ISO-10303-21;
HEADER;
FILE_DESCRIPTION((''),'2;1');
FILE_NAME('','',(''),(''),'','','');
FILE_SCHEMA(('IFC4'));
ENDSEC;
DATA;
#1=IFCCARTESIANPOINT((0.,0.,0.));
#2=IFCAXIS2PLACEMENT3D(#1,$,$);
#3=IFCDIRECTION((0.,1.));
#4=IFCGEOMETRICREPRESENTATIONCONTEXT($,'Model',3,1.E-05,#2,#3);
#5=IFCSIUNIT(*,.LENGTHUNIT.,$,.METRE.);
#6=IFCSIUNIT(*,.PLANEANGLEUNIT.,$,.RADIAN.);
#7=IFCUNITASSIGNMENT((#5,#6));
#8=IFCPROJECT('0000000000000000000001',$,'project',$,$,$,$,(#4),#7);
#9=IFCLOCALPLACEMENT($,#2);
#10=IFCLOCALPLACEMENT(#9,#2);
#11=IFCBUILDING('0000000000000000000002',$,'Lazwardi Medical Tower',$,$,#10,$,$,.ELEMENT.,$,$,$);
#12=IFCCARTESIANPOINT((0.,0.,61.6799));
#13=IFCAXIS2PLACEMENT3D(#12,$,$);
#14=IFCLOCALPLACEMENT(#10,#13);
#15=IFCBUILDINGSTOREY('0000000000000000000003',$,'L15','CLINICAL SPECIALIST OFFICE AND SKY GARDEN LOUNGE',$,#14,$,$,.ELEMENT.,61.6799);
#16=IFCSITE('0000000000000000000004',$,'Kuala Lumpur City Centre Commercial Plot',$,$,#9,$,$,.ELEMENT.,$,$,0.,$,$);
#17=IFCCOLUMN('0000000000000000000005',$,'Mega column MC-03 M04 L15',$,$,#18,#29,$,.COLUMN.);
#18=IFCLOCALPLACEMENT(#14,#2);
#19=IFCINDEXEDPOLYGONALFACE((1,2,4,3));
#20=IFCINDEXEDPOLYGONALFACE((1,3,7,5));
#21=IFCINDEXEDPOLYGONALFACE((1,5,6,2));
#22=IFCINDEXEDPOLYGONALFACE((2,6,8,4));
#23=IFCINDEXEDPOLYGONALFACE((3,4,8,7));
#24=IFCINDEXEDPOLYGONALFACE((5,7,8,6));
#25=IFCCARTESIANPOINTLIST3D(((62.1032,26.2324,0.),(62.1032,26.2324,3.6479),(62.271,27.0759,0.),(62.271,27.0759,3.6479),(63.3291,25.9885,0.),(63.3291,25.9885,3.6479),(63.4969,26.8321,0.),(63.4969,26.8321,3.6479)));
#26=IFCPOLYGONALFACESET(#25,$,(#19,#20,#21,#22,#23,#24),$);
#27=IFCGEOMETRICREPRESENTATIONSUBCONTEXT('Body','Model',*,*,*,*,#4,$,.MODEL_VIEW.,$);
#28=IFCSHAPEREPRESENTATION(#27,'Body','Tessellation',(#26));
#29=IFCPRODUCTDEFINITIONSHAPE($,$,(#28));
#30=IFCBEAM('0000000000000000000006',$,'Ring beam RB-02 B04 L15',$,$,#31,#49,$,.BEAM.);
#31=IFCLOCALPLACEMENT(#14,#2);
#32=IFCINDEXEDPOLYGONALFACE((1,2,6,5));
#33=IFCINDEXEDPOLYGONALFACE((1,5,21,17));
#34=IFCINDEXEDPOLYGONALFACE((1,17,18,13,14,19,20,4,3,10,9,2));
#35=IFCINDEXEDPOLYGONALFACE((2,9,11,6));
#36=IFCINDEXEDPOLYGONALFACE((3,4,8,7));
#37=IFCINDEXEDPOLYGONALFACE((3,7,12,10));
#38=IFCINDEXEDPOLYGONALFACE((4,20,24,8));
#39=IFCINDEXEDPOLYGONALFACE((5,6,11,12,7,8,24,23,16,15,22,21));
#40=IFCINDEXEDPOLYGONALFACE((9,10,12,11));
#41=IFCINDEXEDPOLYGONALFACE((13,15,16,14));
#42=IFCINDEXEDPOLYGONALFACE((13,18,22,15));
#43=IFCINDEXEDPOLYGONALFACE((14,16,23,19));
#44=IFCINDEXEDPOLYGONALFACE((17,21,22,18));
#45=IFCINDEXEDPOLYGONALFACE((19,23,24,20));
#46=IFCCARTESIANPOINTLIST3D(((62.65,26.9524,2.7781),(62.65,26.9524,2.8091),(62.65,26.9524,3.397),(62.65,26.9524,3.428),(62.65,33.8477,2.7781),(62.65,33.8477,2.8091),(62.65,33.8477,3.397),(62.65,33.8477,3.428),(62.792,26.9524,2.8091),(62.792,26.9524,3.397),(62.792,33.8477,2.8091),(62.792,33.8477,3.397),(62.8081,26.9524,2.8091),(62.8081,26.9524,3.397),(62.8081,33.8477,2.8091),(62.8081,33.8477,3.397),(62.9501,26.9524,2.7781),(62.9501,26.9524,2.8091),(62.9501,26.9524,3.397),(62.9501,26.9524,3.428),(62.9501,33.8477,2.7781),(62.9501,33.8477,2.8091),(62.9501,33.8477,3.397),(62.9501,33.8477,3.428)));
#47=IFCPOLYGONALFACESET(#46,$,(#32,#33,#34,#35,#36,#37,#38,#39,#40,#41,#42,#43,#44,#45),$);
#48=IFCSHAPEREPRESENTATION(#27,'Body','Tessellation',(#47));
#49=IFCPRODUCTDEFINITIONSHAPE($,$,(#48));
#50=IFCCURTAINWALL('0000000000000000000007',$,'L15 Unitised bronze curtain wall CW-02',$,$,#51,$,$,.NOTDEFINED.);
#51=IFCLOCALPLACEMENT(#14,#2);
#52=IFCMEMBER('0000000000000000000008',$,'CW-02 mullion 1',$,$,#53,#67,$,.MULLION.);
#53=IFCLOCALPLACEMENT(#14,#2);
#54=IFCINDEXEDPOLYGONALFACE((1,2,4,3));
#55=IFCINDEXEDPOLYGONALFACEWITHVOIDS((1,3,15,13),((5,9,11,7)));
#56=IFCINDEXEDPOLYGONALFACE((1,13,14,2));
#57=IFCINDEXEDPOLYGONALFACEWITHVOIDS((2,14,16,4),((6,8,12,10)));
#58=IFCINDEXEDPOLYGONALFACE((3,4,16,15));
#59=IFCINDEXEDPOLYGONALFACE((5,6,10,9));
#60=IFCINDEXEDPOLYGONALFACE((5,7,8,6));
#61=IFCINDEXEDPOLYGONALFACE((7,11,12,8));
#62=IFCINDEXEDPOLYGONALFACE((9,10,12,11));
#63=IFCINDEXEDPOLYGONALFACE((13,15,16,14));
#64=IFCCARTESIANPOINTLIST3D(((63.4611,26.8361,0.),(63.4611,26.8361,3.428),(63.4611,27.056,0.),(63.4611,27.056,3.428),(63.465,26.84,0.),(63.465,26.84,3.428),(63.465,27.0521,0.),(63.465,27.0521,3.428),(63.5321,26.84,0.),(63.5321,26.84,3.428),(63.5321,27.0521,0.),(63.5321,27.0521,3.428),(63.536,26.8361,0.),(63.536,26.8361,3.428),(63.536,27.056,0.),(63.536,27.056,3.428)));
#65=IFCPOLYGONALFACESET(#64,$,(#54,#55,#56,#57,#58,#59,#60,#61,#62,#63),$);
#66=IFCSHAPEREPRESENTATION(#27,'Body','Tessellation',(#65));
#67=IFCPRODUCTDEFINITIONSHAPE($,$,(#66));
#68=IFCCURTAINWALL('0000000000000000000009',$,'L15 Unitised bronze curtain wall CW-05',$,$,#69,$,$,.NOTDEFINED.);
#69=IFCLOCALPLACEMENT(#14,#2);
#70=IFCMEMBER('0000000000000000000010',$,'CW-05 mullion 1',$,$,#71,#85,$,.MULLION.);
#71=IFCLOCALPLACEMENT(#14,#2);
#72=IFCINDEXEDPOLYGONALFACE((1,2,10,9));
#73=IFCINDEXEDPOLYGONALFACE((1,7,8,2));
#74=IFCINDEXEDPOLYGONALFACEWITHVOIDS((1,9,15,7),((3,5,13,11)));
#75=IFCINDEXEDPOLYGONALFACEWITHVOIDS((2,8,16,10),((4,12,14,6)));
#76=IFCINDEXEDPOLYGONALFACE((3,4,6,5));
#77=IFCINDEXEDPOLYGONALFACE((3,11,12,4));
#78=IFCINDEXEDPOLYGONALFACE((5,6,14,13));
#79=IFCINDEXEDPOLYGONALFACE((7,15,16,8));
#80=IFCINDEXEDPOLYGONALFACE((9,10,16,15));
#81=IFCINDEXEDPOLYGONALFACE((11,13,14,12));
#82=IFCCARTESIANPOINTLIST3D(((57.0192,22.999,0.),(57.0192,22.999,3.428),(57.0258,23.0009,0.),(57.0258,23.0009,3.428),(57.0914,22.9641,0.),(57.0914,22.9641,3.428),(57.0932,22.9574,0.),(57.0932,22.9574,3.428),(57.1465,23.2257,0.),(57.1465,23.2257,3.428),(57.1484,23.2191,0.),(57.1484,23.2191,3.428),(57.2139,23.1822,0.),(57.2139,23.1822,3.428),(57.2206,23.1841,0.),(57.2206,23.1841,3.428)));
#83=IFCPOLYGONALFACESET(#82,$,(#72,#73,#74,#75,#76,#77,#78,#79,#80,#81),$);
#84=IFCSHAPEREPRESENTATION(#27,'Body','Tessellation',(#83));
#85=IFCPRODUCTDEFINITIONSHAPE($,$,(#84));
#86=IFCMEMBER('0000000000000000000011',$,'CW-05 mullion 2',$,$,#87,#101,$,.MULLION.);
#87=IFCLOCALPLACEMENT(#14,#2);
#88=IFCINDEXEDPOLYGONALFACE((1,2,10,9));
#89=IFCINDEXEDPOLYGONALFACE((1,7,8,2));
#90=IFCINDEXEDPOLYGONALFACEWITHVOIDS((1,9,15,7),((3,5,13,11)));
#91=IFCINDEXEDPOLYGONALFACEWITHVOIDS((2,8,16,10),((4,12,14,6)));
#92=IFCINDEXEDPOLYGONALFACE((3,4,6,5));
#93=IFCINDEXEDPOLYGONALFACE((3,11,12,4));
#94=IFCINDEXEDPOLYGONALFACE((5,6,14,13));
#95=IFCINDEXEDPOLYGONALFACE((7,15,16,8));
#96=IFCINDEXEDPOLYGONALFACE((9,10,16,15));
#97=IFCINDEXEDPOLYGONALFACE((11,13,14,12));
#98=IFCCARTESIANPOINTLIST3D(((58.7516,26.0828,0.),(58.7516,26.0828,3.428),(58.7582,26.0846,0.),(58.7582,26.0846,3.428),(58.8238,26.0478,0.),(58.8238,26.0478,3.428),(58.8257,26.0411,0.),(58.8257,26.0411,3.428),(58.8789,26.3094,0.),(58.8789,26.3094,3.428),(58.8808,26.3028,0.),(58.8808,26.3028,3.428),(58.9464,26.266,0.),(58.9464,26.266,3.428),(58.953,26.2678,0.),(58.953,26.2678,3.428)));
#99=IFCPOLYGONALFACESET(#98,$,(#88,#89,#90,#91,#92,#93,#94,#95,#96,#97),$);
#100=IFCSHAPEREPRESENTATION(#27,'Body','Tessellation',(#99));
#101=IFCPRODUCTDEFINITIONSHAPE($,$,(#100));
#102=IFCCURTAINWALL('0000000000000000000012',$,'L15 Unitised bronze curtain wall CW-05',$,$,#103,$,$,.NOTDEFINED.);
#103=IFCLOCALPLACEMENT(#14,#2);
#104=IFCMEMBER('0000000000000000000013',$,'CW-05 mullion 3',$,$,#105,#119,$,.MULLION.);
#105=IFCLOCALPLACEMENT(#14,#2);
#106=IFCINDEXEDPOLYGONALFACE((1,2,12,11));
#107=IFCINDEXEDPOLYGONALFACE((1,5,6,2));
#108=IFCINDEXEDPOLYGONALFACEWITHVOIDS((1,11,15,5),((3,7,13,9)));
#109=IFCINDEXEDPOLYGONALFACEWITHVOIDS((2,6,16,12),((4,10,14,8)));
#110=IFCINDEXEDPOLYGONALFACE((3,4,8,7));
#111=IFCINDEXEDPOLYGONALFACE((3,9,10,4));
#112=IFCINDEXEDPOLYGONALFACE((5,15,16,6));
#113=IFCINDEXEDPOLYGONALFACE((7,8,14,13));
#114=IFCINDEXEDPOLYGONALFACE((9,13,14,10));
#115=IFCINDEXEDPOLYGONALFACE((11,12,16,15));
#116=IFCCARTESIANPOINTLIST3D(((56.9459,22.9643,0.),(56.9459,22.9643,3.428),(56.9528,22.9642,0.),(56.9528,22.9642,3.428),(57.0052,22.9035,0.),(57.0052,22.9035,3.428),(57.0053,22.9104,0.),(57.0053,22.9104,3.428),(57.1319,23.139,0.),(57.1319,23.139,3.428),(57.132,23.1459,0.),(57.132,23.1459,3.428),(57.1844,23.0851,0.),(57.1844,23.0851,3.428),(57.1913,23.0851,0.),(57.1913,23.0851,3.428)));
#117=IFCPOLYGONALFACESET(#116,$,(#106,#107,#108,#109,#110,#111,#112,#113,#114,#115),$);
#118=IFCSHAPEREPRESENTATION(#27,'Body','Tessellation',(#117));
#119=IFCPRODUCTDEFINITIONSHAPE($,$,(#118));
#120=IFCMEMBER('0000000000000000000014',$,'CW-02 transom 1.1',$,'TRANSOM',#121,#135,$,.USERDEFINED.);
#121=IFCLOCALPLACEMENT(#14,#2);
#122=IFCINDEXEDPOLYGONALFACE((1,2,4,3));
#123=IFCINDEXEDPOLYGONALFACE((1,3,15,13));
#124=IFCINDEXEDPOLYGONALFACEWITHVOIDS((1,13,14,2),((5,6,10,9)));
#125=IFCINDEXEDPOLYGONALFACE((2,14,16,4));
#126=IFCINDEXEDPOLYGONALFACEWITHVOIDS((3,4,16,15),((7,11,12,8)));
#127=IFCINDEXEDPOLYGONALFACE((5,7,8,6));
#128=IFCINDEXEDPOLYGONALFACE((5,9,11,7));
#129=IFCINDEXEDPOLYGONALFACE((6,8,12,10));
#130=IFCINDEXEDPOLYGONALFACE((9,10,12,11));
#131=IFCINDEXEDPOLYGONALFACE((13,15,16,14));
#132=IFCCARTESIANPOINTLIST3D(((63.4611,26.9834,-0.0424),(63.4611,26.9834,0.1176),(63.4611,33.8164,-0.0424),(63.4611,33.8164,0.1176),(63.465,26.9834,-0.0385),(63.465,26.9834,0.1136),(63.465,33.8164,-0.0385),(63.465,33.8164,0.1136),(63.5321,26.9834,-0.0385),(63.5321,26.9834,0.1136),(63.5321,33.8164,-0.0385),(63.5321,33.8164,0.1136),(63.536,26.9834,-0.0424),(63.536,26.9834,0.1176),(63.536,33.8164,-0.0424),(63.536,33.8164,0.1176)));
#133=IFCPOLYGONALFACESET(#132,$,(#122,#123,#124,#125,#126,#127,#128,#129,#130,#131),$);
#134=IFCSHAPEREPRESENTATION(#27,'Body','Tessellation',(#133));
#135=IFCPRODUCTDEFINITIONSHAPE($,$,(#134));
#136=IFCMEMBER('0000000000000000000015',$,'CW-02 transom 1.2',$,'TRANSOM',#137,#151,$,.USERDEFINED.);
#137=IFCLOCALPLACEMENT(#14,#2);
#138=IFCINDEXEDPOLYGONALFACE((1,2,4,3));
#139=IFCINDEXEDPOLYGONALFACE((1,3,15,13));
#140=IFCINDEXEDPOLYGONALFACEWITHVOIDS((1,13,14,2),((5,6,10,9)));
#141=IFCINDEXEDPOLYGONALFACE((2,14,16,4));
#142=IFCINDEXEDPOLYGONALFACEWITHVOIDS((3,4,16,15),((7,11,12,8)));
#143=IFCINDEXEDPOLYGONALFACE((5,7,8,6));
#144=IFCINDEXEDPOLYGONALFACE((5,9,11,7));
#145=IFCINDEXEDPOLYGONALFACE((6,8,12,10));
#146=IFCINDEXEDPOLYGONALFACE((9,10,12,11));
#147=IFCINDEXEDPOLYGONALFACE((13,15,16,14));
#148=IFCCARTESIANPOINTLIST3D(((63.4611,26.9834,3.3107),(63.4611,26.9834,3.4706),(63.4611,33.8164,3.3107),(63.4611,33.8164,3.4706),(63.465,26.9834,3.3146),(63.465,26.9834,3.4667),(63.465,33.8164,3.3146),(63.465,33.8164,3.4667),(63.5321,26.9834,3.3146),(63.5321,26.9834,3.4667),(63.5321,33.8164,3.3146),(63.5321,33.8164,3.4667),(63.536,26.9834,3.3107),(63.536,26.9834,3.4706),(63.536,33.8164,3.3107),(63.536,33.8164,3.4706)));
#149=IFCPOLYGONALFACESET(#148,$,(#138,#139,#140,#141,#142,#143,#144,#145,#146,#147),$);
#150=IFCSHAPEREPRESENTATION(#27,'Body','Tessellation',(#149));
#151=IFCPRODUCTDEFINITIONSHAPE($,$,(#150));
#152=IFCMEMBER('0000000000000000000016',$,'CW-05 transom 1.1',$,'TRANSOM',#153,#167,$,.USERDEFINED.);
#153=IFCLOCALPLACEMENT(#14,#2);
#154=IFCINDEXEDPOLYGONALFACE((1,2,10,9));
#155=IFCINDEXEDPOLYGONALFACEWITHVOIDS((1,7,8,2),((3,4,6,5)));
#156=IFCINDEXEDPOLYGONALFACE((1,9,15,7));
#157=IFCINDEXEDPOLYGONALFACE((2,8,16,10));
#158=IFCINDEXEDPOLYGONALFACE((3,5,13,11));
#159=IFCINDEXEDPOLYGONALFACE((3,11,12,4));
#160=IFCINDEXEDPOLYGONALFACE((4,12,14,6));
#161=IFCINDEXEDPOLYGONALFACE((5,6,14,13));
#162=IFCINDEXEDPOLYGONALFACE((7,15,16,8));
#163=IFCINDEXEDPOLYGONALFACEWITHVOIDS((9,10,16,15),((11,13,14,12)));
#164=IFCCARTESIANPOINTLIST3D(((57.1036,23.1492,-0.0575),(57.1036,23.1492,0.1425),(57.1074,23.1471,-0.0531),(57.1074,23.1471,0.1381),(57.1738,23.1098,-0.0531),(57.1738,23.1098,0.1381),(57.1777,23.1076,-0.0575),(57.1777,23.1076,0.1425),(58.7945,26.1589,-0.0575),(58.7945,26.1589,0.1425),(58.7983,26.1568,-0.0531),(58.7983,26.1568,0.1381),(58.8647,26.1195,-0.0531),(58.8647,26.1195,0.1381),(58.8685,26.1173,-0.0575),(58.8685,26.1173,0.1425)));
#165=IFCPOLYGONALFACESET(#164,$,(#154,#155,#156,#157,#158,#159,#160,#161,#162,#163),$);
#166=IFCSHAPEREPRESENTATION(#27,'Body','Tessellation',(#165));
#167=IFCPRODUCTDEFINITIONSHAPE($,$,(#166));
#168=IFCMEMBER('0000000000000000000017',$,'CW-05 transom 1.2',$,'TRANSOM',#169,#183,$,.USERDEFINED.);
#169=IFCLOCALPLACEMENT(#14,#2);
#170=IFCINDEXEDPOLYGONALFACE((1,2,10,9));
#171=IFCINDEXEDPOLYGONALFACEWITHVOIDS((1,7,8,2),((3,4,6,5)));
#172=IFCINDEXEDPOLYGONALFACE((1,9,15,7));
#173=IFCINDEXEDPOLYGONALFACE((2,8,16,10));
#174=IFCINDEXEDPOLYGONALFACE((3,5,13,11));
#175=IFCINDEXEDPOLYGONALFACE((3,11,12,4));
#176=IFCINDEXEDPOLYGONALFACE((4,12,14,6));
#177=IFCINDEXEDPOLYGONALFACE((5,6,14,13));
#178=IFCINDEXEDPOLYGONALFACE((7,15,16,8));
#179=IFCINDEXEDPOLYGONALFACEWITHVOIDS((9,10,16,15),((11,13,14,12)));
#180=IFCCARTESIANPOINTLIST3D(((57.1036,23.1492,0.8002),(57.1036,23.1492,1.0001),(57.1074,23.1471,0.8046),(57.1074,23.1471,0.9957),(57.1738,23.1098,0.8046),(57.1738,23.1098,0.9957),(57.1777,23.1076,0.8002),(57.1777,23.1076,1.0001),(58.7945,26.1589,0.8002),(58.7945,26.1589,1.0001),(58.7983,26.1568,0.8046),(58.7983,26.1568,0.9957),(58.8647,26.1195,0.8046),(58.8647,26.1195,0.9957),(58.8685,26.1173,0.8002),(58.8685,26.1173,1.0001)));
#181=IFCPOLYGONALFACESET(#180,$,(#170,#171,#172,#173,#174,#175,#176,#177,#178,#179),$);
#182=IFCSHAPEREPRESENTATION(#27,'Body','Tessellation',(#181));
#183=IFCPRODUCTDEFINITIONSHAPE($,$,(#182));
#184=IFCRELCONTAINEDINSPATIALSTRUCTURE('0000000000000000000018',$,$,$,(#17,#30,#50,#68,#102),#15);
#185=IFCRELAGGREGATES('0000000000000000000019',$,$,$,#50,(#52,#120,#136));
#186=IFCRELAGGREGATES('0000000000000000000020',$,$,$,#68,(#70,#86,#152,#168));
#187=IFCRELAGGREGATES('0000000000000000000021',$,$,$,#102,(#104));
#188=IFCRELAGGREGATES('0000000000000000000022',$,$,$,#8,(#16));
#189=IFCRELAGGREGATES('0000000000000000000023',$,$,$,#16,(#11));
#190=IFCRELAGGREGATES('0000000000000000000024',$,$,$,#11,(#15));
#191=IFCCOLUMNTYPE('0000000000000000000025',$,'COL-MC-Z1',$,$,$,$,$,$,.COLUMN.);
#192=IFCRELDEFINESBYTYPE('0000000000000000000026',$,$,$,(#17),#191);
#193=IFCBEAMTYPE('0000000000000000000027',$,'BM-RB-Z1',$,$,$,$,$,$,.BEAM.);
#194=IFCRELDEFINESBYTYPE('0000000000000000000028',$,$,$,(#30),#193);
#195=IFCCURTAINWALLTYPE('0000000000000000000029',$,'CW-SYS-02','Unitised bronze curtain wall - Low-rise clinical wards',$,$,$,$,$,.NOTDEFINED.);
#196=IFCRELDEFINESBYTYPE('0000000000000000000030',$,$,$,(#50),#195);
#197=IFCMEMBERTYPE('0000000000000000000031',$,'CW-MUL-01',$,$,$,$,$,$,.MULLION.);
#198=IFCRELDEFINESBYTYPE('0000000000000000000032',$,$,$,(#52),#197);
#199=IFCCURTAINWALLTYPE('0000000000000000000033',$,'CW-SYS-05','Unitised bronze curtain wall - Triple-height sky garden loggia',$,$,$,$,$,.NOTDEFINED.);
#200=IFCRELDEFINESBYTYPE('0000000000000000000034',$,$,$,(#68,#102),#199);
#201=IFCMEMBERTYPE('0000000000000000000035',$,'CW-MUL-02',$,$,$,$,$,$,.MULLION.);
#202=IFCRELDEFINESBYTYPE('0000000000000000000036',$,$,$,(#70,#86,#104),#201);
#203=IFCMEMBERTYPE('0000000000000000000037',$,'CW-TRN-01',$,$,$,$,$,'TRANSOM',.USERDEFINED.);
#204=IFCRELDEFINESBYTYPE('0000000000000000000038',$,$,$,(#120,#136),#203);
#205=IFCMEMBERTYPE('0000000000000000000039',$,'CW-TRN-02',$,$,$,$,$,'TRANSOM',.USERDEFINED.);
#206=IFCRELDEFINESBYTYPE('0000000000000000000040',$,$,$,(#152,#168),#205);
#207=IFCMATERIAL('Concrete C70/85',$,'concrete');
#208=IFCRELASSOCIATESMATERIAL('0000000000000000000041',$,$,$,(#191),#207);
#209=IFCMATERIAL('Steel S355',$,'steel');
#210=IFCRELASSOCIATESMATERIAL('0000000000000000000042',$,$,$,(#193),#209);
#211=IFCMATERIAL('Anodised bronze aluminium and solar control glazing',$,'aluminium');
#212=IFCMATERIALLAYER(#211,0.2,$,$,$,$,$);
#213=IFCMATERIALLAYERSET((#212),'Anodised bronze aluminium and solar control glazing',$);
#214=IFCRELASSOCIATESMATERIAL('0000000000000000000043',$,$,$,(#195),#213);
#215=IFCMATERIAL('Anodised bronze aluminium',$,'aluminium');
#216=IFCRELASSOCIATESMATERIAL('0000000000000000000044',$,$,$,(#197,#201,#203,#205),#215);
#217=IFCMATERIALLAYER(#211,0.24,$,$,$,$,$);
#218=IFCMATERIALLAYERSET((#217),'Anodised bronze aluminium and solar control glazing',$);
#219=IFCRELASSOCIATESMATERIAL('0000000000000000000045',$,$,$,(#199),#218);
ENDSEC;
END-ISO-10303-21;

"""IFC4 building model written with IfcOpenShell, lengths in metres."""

from ifc_helpers import new_model, si_unit, direction, frame, origin, origin_2d, place, context, subcontext, project, spatial, rectangle, hollow_rectangle, i_section, extrude, material, layer, layer_set, material_profile, profile_set, type_object, element, aggregate, save


model = new_model("IFC4")

# Units and contexts
model_context = context("Model", 3, precision=1e-05, world=origin(), true_north=direction((0.0, 1.0)))
body_context = subcontext(model_context, "Body", "Model", "MODEL_VIEW")
ifc_project = project(units=[si_unit("LENGTHUNIT", "METRE"), si_unit("PLANEANGLEUNIT", "RADIAN")], contexts=[model_context])

# Site, building, storey
site_placement = place(None, origin())
site = spatial("IfcSite", under=ifc_project, at=site_placement, Name="Kuala Lumpur City Centre Commercial Plot", CompositionType="ELEMENT", RefElevation=0.0)
building_placement = place(site_placement, origin())
building = spatial("IfcBuilding", under=site, at=building_placement, Name="Lazwardi Medical Tower", CompositionType="ELEMENT")
storey_placement = place(building_placement, frame((0.0, 0.0, 61.6799)))
storey = spatial("IfcBuildingStorey", under=building, at=storey_placement, Name="L15", Description="CLINICAL SPECIALIST OFFICE AND SKY GARDEN LOUNGE", CompositionType="ELEMENT", Elevation=61.6799)

# Column
ifc_material_1 = material(Name="Concrete C70/85", Category="concrete")
ifc_material_profile_1 = material_profile(ifc_material_1, rectangle(XDim=1.25, YDim=0.8601, at=origin_2d()), Name="CFT-RECT 1250x860")
ifc_profile_set_1 = profile_set([ifc_material_profile_1], Name="Concrete C70/85")
column_type = type_object("IfcColumnType", Name="COL-MC-Z1", PredefinedType="COLUMN", material=ifc_profile_set_1)
column_placement = place(storey_placement, frame((62.8, 26.5322, 0.0), z_axis=(0.0, 0.0, 1.0), x_axis=(0.980785, -0.19509, 0.0)))
element("IfcColumn", 1, at=column_placement, inside=storey, type_object=column_type, Name="Mega column MC-03 M04 L15", PredefinedType="COLUMN", context=body_context, shape_type="SweptSolid", body=[
    extrude(rectangle(XDim=1.25, YDim=0.8601, at=origin_2d()), origin(), (0.0, 0.0, 1.0), 3.6479),
])

# Beam
ifc_material_2 = material(Name="Steel S355", Category="steel")
ifc_material_profile_2 = material_profile(ifc_material_2, i_section(OverallWidth=0.3, OverallDepth=0.6499, WebThickness=0.0161, FlangeThickness=0.031, at=origin_2d()), Name="HEB 650")
ifc_profile_set_2 = profile_set([ifc_material_profile_2], Name="Steel S355")
beam_type = type_object("IfcBeamType", Name="BM-RB-Z1", PredefinedType="BEAM", material=ifc_profile_set_2)
beam_placement = place(storey_placement, frame((62.8, 26.9524, 3.103), z_axis=(0.0, 1.0, 0.0), x_axis=(-1.0, 0.0, 0.0)))
element("IfcBeam", 2, at=beam_placement, inside=storey, type_object=beam_type, Name="Ring beam RB-02 B04 L15", PredefinedType="BEAM", context=body_context, shape_type="SweptSolid", body=[
    extrude(i_section(OverallWidth=0.3, OverallDepth=0.6499, WebThickness=0.0161, FlangeThickness=0.031, at=origin_2d()), origin(), (0.0, 0.0, 1.0), 6.8953),
])

# Curtain wall, member
ifc_material_3 = material(Name="Anodised bronze aluminium and solar control glazing", Category="aluminium")
ifc_layer_1 = layer(ifc_material_3, 0.2)
ifc_layer_set_1 = layer_set([ifc_layer_1], Name="Anodised bronze aluminium and solar control glazing")
curtain_wall_type_1 = type_object("IfcCurtainWallType", Name="CW-SYS-02", Description="Unitised bronze curtain wall - Low-rise clinical wards", PredefinedType="NOTDEFINED", material=ifc_layer_set_1)
curtain_wall_1_placement = place(storey_placement, origin())
curtain_wall_1 = element("IfcCurtainWall", 3, at=curtain_wall_1_placement, inside=storey, type_object=curtain_wall_type_1, Name="L15 Unitised bronze curtain wall CW-02", PredefinedType="NOTDEFINED")
ifc_material_4 = material(Name="Anodised bronze aluminium", Category="aluminium")
ifc_material_profile_3 = material_profile(ifc_material_4, hollow_rectangle(XDim=0.075, YDim=0.22, WallThickness=0.0039, at=origin_2d()), Name="ALU-MULLION 220x75x4")
ifc_profile_set_3 = profile_set([ifc_material_profile_3], Name="Anodised bronze aluminium")
member_type_1 = type_object("IfcMemberType", Name="CW-MUL-01", PredefinedType="MULLION", material=ifc_profile_set_3)
member_1_placement = place(storey_placement, frame((63.4985, 26.946, 0.0), z_axis=(0.0, 0.0, 1.0), x_axis=(-1.0, 0.0, 0.0)))
member_1 = element("IfcMember", 4, at=member_1_placement, type_object=member_type_1, Name="CW-02 mullion 1", PredefinedType="MULLION", context=body_context, shape_type="SweptSolid", body=[
    extrude(hollow_rectangle(XDim=0.075, YDim=0.22, WallThickness=0.0039, at=origin_2d()), origin(), (0.0, 0.0, 1.0), 3.428),
])

# Curtain wall, members
ifc_layer_2 = layer(ifc_material_3, 0.24)
ifc_layer_set_2 = layer_set([ifc_layer_2], Name="Anodised bronze aluminium and solar control glazing")
curtain_wall_type_2 = type_object("IfcCurtainWallType", Name="CW-SYS-05", Description="Unitised bronze curtain wall - Triple-height sky garden loggia", PredefinedType="NOTDEFINED", material=ifc_layer_set_2)
curtain_wall_2_placement = place(storey_placement, origin())
curtain_wall_2 = element("IfcCurtainWall", 5, at=curtain_wall_2_placement, inside=storey, type_object=curtain_wall_type_2, Name="L15 Unitised bronze curtain wall CW-05", PredefinedType="NOTDEFINED")
ifc_material_profile_4 = material_profile(ifc_material_4, hollow_rectangle(XDim=0.085, YDim=0.26, WallThickness=0.0049, at=origin_2d()), Name="ALU-MULLION 260x85x5")
ifc_profile_set_4 = profile_set([ifc_material_profile_4], Name="Anodised bronze aluminium")
member_type_2 = type_object("IfcMemberType", Name="CW-MUL-02", PredefinedType="MULLION", material=ifc_profile_set_4)
member_2_placement = place(storey_placement, frame((57.1199, 23.0916, 0.0), z_axis=(0.0, 0.0, 1.0), x_axis=(-0.871837, 0.489796, 0.0)))
member_2 = element("IfcMember", 6, at=member_2_placement, type_object=member_type_2, Name="CW-05 mullion 1", PredefinedType="MULLION", context=body_context, shape_type="SweptSolid", body=[
    extrude(hollow_rectangle(XDim=0.085, YDim=0.26, WallThickness=0.0049, at=origin_2d()), origin(), (0.0, 0.0, 1.0), 3.428),
])
member_3_placement = place(storey_placement, frame((58.8523, 26.1753, 0.0), z_axis=(0.0, 0.0, 1.0), x_axis=(-0.871837, 0.489796, 0.0)))
member_3 = element("IfcMember", 7, at=member_3_placement, type_object=member_type_2, Name="CW-05 mullion 2", PredefinedType="MULLION", context=body_context, shape_type="SweptSolid", body=[
    extrude(hollow_rectangle(XDim=0.085, YDim=0.26, WallThickness=0.0049, at=origin_2d()), origin(), (0.0, 0.0, 1.0), 3.428),
])

# Curtain wall, member
curtain_wall_3_placement = place(storey_placement, origin())
curtain_wall_3 = element("IfcCurtainWall", 8, at=curtain_wall_3_placement, inside=storey, type_object=curtain_wall_type_2, Name="L15 Unitised bronze curtain wall CW-05", PredefinedType="NOTDEFINED")
member_4_placement = place(storey_placement, frame((57.0686, 23.0247, 0.0), z_axis=(0.0, 0.0, 1.0), x_axis=(-0.698402, 0.715706, 0.0)))
member_4 = element("IfcMember", 9, at=member_4_placement, type_object=member_type_2, Name="CW-05 mullion 3", PredefinedType="MULLION", context=body_context, shape_type="SweptSolid", body=[
    extrude(hollow_rectangle(XDim=0.085, YDim=0.26, WallThickness=0.0049, at=origin_2d()), origin(), (0.0, 0.0, 1.0), 3.428),
])

# Members
ifc_material_profile_5 = material_profile(ifc_material_4, hollow_rectangle(XDim=0.075, YDim=0.1599, WallThickness=0.0039, at=origin_2d()), Name="ALU-TRANSOM 160x75x4")
ifc_profile_set_5 = profile_set([ifc_material_profile_5], Name="Anodised bronze aluminium")
member_type_3 = type_object("IfcMemberType", Name="CW-TRN-01", ElementType="TRANSOM", PredefinedType="USERDEFINED", material=ifc_profile_set_5)
member_5_placement = place(storey_placement, frame((63.4985, 26.9834, 0.0376), z_axis=(0.0, 1.0, 0.0), x_axis=(-1.0, 0.0, 0.0)))
member_5 = element("IfcMember", 10, at=member_5_placement, type_object=member_type_3, Name="CW-02 transom 1.1", ObjectType="TRANSOM", PredefinedType="USERDEFINED", context=body_context, shape_type="SweptSolid", body=[
    extrude(hollow_rectangle(XDim=0.075, YDim=0.1599, WallThickness=0.0039, at=origin_2d()), origin(), (0.0, 0.0, 1.0), 6.833),
])
member_6_placement = place(storey_placement, frame((63.4985, 26.9834, 3.3906), z_axis=(0.0, 1.0, 0.0), x_axis=(-1.0, 0.0, 0.0)))
member_6 = element("IfcMember", 11, at=member_6_placement, type_object=member_type_3, Name="CW-02 transom 1.2", ObjectType="TRANSOM", PredefinedType="USERDEFINED", context=body_context, shape_type="SweptSolid", body=[
    extrude(hollow_rectangle(XDim=0.075, YDim=0.1599, WallThickness=0.0039, at=origin_2d()), origin(), (0.0, 0.0, 1.0), 6.833),
])
aggregate(curtain_wall_1, [member_1, member_5, member_6])
ifc_material_profile_6 = material_profile(ifc_material_4, hollow_rectangle(XDim=0.085, YDim=0.2, WallThickness=0.0044, at=origin_2d()), Name="ALU-TRANSOM 200x85x4.5")
ifc_profile_set_6 = profile_set([ifc_material_profile_6], Name="Anodised bronze aluminium")
member_type_4 = type_object("IfcMemberType", Name="CW-TRN-02", ElementType="TRANSOM", PredefinedType="USERDEFINED", material=ifc_profile_set_6)
member_7_placement = place(storey_placement, frame((57.1406, 23.1284, 0.0425), z_axis=(0.489805, 0.871832, 0.0), x_axis=(-0.871832, 0.489805, 0.0)))
member_7 = element("IfcMember", 12, at=member_7_placement, type_object=member_type_4, Name="CW-05 transom 1.1", ObjectType="TRANSOM", PredefinedType="USERDEFINED", context=body_context, shape_type="SweptSolid", body=[
    extrude(hollow_rectangle(XDim=0.085, YDim=0.2, WallThickness=0.0044, at=origin_2d()), origin(), (0.0, 0.0, 1.0), 3.4521),
])
member_8_placement = place(storey_placement, frame((57.1406, 23.1284, 0.9001), z_axis=(0.489805, 0.871832, 0.0), x_axis=(-0.871832, 0.489805, 0.0)))
member_8 = element("IfcMember", 13, at=member_8_placement, type_object=member_type_4, Name="CW-05 transom 1.2", ObjectType="TRANSOM", PredefinedType="USERDEFINED", context=body_context, shape_type="SweptSolid", body=[
    extrude(hollow_rectangle(XDim=0.085, YDim=0.2, WallThickness=0.0044, at=origin_2d()), origin(), (0.0, 0.0, 1.0), 3.4521),
])

aggregate(curtain_wall_2, [member_2, member_3, member_7, member_8])
aggregate(curtain_wall_3, [member_4])

save(model, "model.ifc")
